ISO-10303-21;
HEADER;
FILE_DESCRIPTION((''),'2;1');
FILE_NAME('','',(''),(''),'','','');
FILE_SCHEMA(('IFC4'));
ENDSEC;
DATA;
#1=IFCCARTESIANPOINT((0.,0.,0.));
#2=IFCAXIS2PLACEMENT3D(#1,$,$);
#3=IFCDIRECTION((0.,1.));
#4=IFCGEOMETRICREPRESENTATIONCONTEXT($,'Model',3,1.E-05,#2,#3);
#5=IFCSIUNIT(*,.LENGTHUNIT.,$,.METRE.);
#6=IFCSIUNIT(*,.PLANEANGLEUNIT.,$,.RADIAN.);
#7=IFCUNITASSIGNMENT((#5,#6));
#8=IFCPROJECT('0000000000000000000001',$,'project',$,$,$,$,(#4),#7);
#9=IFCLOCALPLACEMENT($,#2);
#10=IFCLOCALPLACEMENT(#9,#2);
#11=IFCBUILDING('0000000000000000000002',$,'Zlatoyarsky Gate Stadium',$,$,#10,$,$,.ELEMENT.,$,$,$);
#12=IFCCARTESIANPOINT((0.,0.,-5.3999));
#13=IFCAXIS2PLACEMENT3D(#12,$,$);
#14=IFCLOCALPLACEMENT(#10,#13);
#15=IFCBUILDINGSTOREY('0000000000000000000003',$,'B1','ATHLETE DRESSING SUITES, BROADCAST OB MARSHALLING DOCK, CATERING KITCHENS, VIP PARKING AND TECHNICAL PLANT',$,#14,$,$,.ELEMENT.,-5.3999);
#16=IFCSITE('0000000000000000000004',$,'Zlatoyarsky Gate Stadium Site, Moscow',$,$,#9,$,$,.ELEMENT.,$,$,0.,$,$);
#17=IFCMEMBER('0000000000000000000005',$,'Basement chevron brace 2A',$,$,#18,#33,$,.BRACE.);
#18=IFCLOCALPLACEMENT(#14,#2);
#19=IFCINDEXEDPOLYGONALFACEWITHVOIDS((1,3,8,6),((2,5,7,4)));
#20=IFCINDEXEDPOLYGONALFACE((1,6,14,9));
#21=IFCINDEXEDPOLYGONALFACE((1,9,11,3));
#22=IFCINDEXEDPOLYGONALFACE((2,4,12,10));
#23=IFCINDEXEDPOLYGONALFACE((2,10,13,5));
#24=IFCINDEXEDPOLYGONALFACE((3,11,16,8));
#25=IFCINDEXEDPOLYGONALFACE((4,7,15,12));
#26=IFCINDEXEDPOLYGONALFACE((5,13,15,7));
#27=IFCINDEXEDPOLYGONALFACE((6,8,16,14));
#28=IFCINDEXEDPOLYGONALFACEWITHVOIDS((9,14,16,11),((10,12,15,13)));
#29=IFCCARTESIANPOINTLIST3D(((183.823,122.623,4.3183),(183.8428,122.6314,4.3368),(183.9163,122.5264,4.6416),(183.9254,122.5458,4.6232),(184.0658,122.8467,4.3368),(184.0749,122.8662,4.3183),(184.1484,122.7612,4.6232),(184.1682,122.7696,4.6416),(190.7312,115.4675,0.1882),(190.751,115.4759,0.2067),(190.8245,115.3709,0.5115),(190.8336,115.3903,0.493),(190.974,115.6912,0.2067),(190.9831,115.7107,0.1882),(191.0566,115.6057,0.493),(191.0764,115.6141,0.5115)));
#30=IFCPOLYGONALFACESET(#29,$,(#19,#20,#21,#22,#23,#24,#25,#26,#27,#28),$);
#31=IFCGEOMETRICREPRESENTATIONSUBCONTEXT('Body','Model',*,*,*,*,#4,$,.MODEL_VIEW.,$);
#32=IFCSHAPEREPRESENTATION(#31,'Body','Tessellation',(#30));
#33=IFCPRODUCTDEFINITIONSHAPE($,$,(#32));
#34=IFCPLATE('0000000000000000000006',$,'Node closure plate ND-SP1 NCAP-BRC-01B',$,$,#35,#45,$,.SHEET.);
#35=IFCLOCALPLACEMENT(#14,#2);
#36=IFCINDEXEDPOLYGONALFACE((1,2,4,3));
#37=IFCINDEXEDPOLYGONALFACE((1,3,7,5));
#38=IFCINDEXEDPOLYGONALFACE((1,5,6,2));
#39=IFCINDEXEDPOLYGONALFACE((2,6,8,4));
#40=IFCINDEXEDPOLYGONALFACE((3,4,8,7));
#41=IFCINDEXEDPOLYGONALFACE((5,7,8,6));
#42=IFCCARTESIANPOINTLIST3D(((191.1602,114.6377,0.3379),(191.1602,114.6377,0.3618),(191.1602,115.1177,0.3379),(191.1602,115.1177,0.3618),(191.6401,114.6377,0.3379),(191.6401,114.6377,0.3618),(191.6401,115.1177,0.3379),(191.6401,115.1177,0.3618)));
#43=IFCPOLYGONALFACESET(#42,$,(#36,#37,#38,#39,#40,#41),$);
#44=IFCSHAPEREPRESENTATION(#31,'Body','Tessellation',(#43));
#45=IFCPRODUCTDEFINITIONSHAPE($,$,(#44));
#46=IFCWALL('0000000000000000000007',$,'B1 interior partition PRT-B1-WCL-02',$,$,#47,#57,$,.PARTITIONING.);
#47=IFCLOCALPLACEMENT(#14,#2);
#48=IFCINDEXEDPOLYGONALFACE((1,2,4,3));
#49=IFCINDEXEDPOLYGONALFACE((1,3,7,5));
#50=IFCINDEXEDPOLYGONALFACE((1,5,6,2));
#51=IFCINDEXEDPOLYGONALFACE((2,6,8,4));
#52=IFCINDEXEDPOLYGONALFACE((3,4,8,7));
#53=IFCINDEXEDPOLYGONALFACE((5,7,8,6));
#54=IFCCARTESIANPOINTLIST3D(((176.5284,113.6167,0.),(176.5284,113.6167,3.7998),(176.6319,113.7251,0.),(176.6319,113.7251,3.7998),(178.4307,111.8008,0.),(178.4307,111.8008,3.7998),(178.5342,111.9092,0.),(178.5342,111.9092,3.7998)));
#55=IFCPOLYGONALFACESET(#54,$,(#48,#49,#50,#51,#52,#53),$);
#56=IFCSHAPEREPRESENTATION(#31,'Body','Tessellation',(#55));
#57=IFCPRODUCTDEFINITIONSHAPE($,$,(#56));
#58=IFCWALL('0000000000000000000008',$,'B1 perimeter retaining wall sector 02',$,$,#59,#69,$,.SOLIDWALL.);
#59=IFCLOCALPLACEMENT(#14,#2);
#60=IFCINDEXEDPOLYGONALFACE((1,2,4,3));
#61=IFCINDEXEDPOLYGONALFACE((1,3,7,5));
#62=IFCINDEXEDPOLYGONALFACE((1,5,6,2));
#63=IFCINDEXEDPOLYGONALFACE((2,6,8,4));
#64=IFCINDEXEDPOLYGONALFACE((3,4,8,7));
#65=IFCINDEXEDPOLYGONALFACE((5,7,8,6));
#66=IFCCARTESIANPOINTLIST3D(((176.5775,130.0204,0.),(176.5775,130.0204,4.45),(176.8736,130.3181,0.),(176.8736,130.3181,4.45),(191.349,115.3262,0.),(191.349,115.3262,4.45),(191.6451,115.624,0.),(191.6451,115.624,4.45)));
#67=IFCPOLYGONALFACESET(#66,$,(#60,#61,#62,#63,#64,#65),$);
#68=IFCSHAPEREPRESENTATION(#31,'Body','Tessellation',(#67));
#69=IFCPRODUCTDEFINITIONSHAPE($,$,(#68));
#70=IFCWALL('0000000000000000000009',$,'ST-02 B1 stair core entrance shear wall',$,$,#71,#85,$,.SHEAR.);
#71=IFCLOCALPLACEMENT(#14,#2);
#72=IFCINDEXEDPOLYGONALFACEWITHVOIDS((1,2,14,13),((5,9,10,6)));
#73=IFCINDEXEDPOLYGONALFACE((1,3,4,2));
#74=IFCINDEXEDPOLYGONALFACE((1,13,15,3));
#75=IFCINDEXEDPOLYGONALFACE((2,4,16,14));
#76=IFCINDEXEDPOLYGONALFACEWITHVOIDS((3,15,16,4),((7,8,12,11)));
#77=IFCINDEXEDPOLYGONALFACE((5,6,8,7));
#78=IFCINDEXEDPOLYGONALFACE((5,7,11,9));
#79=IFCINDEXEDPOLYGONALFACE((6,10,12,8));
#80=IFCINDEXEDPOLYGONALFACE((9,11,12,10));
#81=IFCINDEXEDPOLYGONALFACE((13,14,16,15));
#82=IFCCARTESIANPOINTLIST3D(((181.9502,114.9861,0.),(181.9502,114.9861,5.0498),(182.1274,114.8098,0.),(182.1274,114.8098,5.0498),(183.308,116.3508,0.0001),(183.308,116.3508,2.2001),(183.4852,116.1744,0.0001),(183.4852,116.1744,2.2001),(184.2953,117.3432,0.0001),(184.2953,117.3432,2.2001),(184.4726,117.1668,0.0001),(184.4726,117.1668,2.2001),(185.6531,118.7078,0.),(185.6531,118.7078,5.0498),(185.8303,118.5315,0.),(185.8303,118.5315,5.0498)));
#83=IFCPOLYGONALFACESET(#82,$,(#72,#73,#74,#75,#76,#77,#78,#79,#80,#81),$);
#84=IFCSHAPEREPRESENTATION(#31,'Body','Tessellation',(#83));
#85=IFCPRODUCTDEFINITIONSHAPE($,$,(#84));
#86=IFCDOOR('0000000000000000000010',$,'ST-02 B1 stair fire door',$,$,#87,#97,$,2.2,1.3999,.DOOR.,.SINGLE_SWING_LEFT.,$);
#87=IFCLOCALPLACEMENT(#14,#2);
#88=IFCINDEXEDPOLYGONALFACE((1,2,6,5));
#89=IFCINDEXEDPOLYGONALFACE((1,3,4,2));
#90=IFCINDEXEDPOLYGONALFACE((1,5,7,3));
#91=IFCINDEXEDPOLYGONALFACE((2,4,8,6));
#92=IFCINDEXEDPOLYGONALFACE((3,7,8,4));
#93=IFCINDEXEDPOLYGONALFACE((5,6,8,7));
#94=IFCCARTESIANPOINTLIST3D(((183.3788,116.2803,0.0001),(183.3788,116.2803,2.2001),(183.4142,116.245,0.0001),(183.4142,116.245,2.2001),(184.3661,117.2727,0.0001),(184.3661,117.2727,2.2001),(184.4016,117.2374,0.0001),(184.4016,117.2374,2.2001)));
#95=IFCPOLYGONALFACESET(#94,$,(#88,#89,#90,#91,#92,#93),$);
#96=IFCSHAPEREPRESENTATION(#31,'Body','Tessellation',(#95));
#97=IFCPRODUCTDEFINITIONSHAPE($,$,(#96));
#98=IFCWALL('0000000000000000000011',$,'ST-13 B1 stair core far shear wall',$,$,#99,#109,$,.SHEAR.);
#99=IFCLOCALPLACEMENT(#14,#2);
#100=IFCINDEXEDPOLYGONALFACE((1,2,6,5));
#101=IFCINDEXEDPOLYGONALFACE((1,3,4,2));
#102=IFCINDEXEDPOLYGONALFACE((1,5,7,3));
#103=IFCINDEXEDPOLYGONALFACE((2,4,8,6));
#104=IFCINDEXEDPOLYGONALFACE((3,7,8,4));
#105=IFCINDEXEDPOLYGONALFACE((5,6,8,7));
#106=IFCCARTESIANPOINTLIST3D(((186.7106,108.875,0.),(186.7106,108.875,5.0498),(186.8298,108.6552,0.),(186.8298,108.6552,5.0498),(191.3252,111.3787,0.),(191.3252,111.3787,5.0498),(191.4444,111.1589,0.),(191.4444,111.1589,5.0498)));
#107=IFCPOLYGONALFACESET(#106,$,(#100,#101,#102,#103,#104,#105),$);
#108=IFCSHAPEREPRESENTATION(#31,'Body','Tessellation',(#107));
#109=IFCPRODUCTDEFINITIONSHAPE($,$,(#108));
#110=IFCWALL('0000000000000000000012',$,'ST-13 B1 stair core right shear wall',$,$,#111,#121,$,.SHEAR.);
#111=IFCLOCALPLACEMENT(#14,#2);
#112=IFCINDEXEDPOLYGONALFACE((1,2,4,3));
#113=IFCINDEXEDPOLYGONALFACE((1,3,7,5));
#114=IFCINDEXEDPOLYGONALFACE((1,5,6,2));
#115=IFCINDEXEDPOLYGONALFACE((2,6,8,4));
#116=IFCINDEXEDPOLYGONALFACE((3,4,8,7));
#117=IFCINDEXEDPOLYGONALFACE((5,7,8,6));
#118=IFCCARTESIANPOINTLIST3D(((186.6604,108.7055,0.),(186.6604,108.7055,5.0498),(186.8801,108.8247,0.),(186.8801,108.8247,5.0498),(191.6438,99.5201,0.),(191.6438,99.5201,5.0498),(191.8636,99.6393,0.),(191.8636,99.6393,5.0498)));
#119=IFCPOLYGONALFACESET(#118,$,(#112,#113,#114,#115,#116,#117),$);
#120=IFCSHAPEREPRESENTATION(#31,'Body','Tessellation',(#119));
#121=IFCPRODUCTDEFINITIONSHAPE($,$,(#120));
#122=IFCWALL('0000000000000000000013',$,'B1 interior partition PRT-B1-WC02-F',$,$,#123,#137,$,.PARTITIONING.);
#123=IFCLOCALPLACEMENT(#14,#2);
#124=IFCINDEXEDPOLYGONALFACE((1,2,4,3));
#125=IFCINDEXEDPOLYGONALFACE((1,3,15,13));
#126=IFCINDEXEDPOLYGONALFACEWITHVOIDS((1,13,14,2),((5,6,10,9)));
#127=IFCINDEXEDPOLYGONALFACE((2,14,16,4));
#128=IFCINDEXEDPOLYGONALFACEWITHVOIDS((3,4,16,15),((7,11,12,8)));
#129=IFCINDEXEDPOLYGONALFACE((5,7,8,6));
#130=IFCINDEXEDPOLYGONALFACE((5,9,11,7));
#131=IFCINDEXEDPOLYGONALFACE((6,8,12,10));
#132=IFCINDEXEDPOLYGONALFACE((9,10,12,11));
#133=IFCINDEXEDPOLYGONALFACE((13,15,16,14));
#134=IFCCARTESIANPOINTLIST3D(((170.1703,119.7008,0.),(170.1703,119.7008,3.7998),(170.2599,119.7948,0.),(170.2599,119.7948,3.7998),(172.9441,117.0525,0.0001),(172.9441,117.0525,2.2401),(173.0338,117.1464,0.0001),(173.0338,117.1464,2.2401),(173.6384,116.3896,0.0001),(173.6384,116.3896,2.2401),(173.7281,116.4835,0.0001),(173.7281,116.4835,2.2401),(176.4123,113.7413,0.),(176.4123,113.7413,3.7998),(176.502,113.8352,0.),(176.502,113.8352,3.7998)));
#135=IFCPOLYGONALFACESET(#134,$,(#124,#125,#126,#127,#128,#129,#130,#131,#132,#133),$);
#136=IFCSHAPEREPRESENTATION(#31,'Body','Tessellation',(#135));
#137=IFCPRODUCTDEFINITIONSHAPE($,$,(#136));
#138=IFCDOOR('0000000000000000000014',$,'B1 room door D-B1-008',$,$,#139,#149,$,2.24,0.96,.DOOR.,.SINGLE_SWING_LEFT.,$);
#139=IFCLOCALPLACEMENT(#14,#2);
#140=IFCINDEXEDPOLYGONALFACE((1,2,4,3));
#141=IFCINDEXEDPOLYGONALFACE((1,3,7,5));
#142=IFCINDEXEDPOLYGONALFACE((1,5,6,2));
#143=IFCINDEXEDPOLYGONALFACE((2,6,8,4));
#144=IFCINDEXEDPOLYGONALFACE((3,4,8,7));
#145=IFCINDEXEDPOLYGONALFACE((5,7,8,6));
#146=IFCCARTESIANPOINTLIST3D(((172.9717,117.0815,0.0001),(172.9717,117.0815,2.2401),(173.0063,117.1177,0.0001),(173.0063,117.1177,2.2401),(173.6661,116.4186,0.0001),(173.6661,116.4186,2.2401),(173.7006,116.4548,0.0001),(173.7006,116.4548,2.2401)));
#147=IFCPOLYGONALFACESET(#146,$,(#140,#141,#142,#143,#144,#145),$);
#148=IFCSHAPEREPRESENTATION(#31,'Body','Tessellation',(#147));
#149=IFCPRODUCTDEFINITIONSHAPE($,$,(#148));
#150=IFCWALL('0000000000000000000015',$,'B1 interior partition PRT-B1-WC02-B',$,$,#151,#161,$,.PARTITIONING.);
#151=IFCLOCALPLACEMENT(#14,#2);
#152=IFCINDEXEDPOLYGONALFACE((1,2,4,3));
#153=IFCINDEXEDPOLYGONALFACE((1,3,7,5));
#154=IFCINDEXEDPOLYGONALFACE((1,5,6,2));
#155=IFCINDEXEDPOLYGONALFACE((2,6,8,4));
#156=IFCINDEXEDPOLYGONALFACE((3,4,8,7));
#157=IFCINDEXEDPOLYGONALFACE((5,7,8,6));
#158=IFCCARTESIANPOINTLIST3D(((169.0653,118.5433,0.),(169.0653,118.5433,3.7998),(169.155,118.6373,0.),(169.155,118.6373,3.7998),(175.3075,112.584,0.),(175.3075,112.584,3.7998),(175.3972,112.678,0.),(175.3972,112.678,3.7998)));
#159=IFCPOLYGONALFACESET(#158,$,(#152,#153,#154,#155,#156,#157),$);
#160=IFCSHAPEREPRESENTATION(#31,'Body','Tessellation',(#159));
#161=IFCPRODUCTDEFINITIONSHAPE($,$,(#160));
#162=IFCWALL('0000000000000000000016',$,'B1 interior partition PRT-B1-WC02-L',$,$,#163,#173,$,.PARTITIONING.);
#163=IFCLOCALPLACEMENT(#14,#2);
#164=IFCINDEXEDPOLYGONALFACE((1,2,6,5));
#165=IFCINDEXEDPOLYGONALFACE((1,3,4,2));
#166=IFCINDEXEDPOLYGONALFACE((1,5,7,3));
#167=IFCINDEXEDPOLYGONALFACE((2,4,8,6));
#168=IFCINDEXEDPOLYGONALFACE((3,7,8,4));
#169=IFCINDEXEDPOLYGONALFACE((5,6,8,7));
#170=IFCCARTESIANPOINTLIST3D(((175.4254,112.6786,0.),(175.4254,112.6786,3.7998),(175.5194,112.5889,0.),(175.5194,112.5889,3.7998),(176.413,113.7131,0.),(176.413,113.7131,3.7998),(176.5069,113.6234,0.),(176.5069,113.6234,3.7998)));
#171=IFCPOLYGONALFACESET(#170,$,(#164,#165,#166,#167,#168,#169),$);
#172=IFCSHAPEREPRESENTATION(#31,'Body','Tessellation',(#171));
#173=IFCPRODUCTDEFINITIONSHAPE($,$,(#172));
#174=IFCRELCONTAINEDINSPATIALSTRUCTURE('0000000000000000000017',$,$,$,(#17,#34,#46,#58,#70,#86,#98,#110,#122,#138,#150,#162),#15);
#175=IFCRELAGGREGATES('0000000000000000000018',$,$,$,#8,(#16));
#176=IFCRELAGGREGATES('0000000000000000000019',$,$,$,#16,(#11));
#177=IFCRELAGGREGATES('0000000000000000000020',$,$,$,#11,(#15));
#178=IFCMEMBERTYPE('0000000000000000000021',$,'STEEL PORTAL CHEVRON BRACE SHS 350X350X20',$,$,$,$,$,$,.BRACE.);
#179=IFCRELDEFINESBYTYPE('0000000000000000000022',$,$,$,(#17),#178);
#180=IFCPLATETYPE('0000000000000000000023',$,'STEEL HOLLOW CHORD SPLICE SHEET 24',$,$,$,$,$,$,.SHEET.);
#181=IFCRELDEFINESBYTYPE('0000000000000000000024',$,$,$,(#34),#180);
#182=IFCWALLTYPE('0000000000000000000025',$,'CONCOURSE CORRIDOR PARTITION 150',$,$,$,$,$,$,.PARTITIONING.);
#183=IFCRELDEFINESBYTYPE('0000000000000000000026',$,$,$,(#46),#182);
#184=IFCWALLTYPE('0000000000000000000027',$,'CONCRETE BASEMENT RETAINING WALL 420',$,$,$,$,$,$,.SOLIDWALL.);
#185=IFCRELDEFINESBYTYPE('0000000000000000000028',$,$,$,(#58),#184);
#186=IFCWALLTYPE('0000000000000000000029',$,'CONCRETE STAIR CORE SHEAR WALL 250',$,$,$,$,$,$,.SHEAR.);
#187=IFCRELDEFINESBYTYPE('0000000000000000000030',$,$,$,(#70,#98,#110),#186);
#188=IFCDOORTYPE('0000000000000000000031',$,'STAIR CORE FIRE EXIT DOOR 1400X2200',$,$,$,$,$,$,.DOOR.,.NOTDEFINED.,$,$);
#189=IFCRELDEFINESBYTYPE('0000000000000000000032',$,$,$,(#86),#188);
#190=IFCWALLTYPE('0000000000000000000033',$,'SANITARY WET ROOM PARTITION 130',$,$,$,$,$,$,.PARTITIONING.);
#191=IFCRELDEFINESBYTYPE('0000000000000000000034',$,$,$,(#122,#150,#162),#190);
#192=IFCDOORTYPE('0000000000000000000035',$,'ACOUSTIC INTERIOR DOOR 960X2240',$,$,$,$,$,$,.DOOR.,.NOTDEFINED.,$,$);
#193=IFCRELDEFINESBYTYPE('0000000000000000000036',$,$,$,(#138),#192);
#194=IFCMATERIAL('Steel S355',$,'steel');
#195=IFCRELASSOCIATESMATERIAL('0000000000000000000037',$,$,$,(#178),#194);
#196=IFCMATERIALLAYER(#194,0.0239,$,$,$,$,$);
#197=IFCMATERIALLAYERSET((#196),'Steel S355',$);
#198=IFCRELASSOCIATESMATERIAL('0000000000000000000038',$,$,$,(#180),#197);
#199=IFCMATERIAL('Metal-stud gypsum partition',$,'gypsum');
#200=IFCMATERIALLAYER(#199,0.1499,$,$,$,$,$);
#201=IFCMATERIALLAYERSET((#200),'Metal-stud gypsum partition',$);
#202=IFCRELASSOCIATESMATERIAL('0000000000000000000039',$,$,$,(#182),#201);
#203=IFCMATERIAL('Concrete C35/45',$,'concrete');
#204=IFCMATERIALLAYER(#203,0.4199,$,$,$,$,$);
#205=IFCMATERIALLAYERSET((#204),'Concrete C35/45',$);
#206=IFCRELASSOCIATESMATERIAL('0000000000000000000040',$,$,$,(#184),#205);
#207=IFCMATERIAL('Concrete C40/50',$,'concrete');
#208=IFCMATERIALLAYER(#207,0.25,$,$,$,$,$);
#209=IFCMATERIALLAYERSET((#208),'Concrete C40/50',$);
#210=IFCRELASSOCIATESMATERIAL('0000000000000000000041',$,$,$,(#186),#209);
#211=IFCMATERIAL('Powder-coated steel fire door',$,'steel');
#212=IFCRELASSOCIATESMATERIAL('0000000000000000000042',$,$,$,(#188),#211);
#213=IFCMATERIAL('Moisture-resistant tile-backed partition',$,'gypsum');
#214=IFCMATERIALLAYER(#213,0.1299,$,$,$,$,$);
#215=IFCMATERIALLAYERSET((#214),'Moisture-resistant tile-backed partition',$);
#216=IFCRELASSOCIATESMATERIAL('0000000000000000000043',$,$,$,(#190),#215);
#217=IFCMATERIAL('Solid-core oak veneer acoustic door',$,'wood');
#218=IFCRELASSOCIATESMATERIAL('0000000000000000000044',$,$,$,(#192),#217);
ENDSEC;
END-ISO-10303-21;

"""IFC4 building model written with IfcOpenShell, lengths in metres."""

from ifc_helpers import new_model, si_unit, direction, frame, frame_2d, origin, origin_2d, place, context, subcontext, project, spatial, rectangle, hollow_rectangle, extrude, material, layer, layer_set, material_profile, profile_set, type_object, element, fill, save


model = new_model("IFC4")

# Units and contexts
model_context = context("Model", 3, precision=1e-05, world=origin(), true_north=direction((0.0, 1.0)))
body_context = subcontext(model_context, "Body", "Model", "MODEL_VIEW")
ifc_project = project(units=[si_unit("LENGTHUNIT", "METRE"), si_unit("PLANEANGLEUNIT", "RADIAN")], contexts=[model_context])

# Site, building, storey
site_placement = place(None, origin())
site = spatial("IfcSite", under=ifc_project, at=site_placement, Name="Zlatoyarsky Gate Stadium Site, Moscow", CompositionType="ELEMENT", RefElevation=0.0)
building_placement = place(site_placement, origin())
building = spatial("IfcBuilding", under=site, at=building_placement, Name="Zlatoyarsky Gate Stadium", CompositionType="ELEMENT")
storey_placement = place(building_placement, frame((0.0, 0.0, -5.3999)))
storey = spatial("IfcBuildingStorey", under=building, at=storey_placement, Name="B1", Description="ATHLETE DRESSING SUITES, BROADCAST OB MARSHALLING DOCK, CATERING KITCHENS, VIP PARKING AND TECHNICAL PLANT", CompositionType="ELEMENT", Elevation=-5.3999)

# Shared definitions
ifc_material_1 = material(Name="Concrete C35/45", Category="concrete")

# Shared definitions
ifc_material_2 = material(Name="Concrete C40/50", Category="concrete")

# Member
ifc_material_3 = material(Name="Steel S355", Category="steel")
ifc_material_profile_1 = material_profile(ifc_material_3, hollow_rectangle(XDim=0.3501, YDim=0.3501, WallThickness=0.02, at=origin_2d()), Name="SHS 350X350X20")
ifc_profile_set_1 = profile_set([ifc_material_profile_1], Name="Steel S355")
member_type = type_object("IfcMemberType", Name="STEEL PORTAL CHEVRON BRACE SHS 350X350X20", PredefinedType="BRACE", material=ifc_profile_set_1)
member_1_placement = place(storey_placement, frame((190.9038, 115.5408, 0.3499), z_axis=(-0.641459, 0.664423, 0.383501), x_axis=(-0.71943, -0.694565, 0.0)))
element("IfcMember", 1, at=member_1_placement, inside=storey, type_object=member_type, Name="Basement chevron brace 2A", PredefinedType="BRACE", context=body_context, shape_type="SweptSolid", body=[
    extrude(hollow_rectangle(XDim=0.3501, YDim=0.3501, WallThickness=0.02, at=origin_2d()), origin(), (0.0, 0.0, 1.0), 10.7695),
])

# Plate
ifc_layer_1 = layer(ifc_material_3, 0.0239)
ifc_layer_set_1 = layer_set([ifc_layer_1], Name="Steel S355")
plate_type = type_object("IfcPlateType", Name="STEEL HOLLOW CHORD SPLICE SHEET 24", PredefinedType="SHEET", material=ifc_layer_set_1)
plate_placement = place(storey_placement, frame((191.4001, 114.8777, 0.3379), z_axis=(0.0, 0.0, 1.0), x_axis=(1.0, 0.0, 0.0)))
element("IfcPlate", 2, at=plate_placement, inside=storey, type_object=plate_type, Name="Node closure plate ND-SP1 NCAP-BRC-01B", PredefinedType="SHEET", context=body_context, shape_type="SweptSolid", body=[
    extrude(rectangle(XDim=0.48, YDim=0.48, at=origin_2d()), origin(), (0.0, 0.0, 1.0), 0.0239),
])

# Walls
ifc_material_4 = material(Name="Metal-stud gypsum partition", Category="gypsum")
ifc_layer_2 = layer(ifc_material_4, 0.1499)
ifc_layer_set_2 = layer_set([ifc_layer_2], Name="Metal-stud gypsum partition")
wall_type_1 = type_object("IfcWallType", Name="CONCOURSE CORRIDOR PARTITION 150", PredefinedType="PARTITIONING", material=ifc_layer_set_2)
wall_1_placement = place(storey_placement, frame((178.4824, 111.855, 0.0), z_axis=(0.0, 0.0, 1.0), x_axis=(-0.723347, 0.690485, 0.0)))
element("IfcWall", 3, at=wall_1_placement, inside=storey, type_object=wall_type_1, Name="B1 interior partition PRT-B1-WCL-02", PredefinedType="PARTITIONING", context=body_context, shape_type="SweptSolid", body=[
    extrude(rectangle(XDim=2.6299, YDim=0.1499, at=frame_2d((1.3149, 0.0))), origin(), (0.0, 0.0, 1.0), 3.7998),
])
ifc_layer_3 = layer(ifc_material_1, 0.4199)
ifc_layer_set_3 = layer_set([ifc_layer_3], Name="Concrete C35/45")
wall_type_2 = type_object("IfcWallType", Name="CONCRETE BASEMENT RETAINING WALL 420", PredefinedType="SOLIDWALL", material=ifc_layer_set_3)
wall_2_placement = place(storey_placement, frame((191.4971, 115.4751, 0.0), z_axis=(0.0, 0.0, 1.0), x_axis=(-0.708962, 0.705247, 0.0)))
element("IfcWall", 4, at=wall_2_placement, inside=storey, type_object=wall_type_2, Name="B1 perimeter retaining wall sector 02", PredefinedType="SOLIDWALL", context=body_context, shape_type="SweptSolid", body=[
    extrude(rectangle(XDim=20.8354, YDim=0.4199, at=frame_2d((10.4177, 0.0))), origin(), (0.0, 0.0, 1.0), 4.45),
])

# Wall, opening, door
ifc_layer_4 = layer(ifc_material_2, 0.25)
ifc_layer_set_4 = layer_set([ifc_layer_4], Name="Concrete C40/50")
wall_type_3 = type_object("IfcWallType", Name="CONCRETE STAIR CORE SHEAR WALL 250", PredefinedType="SHEAR", material=ifc_layer_set_4)
wall_3_placement = place(storey_placement, frame((182.0388, 114.8979, 0.0), z_axis=(0.0, 0.0, 1.0), x_axis=(0.705314, 0.708895, 0.0)))
wall_3 = element("IfcWall", 5, at=wall_3_placement, inside=storey, type_object=wall_type_3, Name="ST-02 B1 stair core entrance shear wall", PredefinedType="SHEAR", context=body_context, shape_type="SweptSolid", body=[
    extrude(rectangle(XDim=5.25, YDim=0.25, at=frame_2d((2.625, 0.0))), origin(), (0.0, 0.0, 1.0), 5.0498),
])
opening_1_placement = place(wall_3_placement, frame((1.925, 0.0, 0.0)))
opening_1 = element("IfcOpeningElement", 6, at=opening_1_placement, cuts=wall_3, PredefinedType="OPENING", context=body_context, shape_type="SweptSolid", body=[
    extrude(rectangle(XDim=1.3999, YDim=2.2, at=frame_2d((0.7, 1.1001))), frame((0.0, 0.135, 0.0), z_axis=(0.0, -1.0, 0.0), x_axis=(1.0, 0.0, 0.0)), (0.0, 0.0, 1.0), 0.27),
])
ifc_material_5 = material(Name="Powder-coated steel fire door", Category="steel")
door_type_1 = type_object("IfcDoorType", Name="STAIR CORE FIRE EXIT DOOR 1400X2200", OperationType="NOTDEFINED", PredefinedType="DOOR", material=ifc_material_5)
door_1_placement = place(opening_1_placement, frame((1.3999, 0.0, 0.0), z_axis=(0.0, 0.0, 1.0), x_axis=(-1.0, 0.0, 0.0)))
door_1 = element("IfcDoor", 7, at=door_1_placement, inside=storey, type_object=door_type_1, Name="ST-02 B1 stair fire door", OperationType="SINGLE_SWING_LEFT", OverallHeight=2.2, OverallWidth=1.3999, PredefinedType="DOOR", context=body_context, shape_type="SweptSolid", body=[
    extrude(rectangle(XDim=1.3999, YDim=2.2, at=frame_2d((0.7, 1.1001))), frame((0.0, 0.0249, 0.0), z_axis=(0.0, -1.0, 0.0), x_axis=(1.0, 0.0, 0.0)), (0.0, 0.0, 1.0), 0.05),
])
fill(opening_1, door_1)

# Walls
wall_4_placement = place(storey_placement, frame((191.3848, 111.2688, 0.0), z_axis=(0.0, 0.0, 1.0), x_axis=(-0.878961, -0.476893, 0.0)))
element("IfcWall", 8, at=wall_4_placement, inside=storey, type_object=wall_type_3, Name="ST-13 B1 stair core far shear wall", PredefinedType="SHEAR", context=body_context, shape_type="SweptSolid", body=[
    extrude(rectangle(XDim=5.25, YDim=0.25, at=frame_2d((2.625, 0.0))), origin(), (0.0, 0.0, 1.0), 5.0498),
])
wall_5_placement = place(storey_placement, frame((186.7703, 108.7651, 0.0), z_axis=(0.0, 0.0, 1.0), x_axis=(0.476877, -0.87897, 0.0)))
element("IfcWall", 9, at=wall_5_placement, inside=storey, type_object=wall_type_3, Name="ST-13 B1 stair core right shear wall", PredefinedType="SHEAR", context=body_context, shape_type="SweptSolid", body=[
    extrude(rectangle(XDim=10.4502, YDim=0.25, at=frame_2d((5.2251, 0.0))), origin(), (0.0, 0.0, 1.0), 5.0498),
])

# Wall, opening, door
ifc_material_6 = material(Name="Moisture-resistant tile-backed partition", Category="gypsum")
ifc_layer_5 = layer(ifc_material_6, 0.1299)
ifc_layer_set_5 = layer_set([ifc_layer_5], Name="Moisture-resistant tile-backed partition")
wall_type_4 = type_object("IfcWallType", Name="SANITARY WET ROOM PARTITION 130", PredefinedType="PARTITIONING", material=ifc_layer_set_5)
wall_6_placement = place(storey_placement, frame((176.457, 113.7883, 0.0), z_axis=(0.0, 0.0, 1.0), x_axis=(-0.723283, 0.690552, 0.0)))
wall_6 = element("IfcWall", 10, at=wall_6_placement, inside=storey, type_object=wall_type_4, Name="B1 interior partition PRT-B1-WC02-F", PredefinedType="PARTITIONING", context=body_context, shape_type="SweptSolid", body=[
    extrude(rectangle(XDim=8.6301, YDim=0.1299, at=frame_2d((4.3149, 0.0))), origin(), (0.0, 0.0, 1.0), 3.7998),
])
opening_2_placement = place(wall_6_placement, frame((3.835, 0.0, 0.0)))
opening_2 = element("IfcOpeningElement", 11, at=opening_2_placement, cuts=wall_6, PredefinedType="OPENING", context=body_context, shape_type="SweptSolid", body=[
    extrude(rectangle(XDim=0.96, YDim=2.24, at=frame_2d((0.48, 1.1201))), frame((0.0, 0.075, 0.0), z_axis=(0.0, -1.0, 0.0), x_axis=(1.0, 0.0, 0.0)), (0.0, 0.0, 1.0), 0.1499),
])
ifc_material_7 = material(Name="Solid-core oak veneer acoustic door", Category="wood")
door_type_2 = type_object("IfcDoorType", Name="ACOUSTIC INTERIOR DOOR 960X2240", OperationType="NOTDEFINED", PredefinedType="DOOR", material=ifc_material_7)
door_2_placement = place(opening_2_placement, origin())
door_2 = element("IfcDoor", 12, at=door_2_placement, inside=storey, type_object=door_type_2, Name="B1 room door D-B1-008", OperationType="SINGLE_SWING_LEFT", OverallHeight=2.24, OverallWidth=0.96, PredefinedType="DOOR", context=body_context, shape_type="SweptSolid", body=[
    extrude(rectangle(XDim=0.96, YDim=2.24, at=frame_2d((0.48, 1.1201))), frame((0.0, 0.0249, 0.0), z_axis=(0.0, -1.0, 0.0), x_axis=(1.0, 0.0, 0.0)), (0.0, 0.0, 1.0), 0.05),
])
fill(opening_2, door_2)

# Walls
wall_7_placement = place(storey_placement, frame((175.3523, 112.6311, 0.0), z_axis=(0.0, 0.0, 1.0), x_axis=(-0.723311, 0.690523, 0.0)))
element("IfcWall", 13, at=wall_7_placement, inside=storey, type_object=wall_type_4, Name="B1 interior partition PRT-B1-WC02-B", PredefinedType="PARTITIONING", context=body_context, shape_type="SweptSolid", body=[
    extrude(rectangle(XDim=8.6301, YDim=0.1299, at=frame_2d((4.3149, 0.0))), origin(), (0.0, 0.0, 1.0), 3.7998),
])
wall_8_placement = place(storey_placement, frame((176.46, 113.6682, 0.0), z_axis=(0.0, 0.0, 1.0), x_axis=(-0.690529, -0.723305, 0.0)))
element("IfcWall", 14, at=wall_8_placement, inside=storey, type_object=wall_type_4, Name="B1 interior partition PRT-B1-WC02-L", PredefinedType="PARTITIONING", context=body_context, shape_type="SweptSolid", body=[
    extrude(rectangle(XDim=1.4302, YDim=0.1299, at=frame_2d((0.7151, 0.0))), origin(), (0.0, 0.0, 1.0), 3.7998),
])

save(model, "model.ifc")
